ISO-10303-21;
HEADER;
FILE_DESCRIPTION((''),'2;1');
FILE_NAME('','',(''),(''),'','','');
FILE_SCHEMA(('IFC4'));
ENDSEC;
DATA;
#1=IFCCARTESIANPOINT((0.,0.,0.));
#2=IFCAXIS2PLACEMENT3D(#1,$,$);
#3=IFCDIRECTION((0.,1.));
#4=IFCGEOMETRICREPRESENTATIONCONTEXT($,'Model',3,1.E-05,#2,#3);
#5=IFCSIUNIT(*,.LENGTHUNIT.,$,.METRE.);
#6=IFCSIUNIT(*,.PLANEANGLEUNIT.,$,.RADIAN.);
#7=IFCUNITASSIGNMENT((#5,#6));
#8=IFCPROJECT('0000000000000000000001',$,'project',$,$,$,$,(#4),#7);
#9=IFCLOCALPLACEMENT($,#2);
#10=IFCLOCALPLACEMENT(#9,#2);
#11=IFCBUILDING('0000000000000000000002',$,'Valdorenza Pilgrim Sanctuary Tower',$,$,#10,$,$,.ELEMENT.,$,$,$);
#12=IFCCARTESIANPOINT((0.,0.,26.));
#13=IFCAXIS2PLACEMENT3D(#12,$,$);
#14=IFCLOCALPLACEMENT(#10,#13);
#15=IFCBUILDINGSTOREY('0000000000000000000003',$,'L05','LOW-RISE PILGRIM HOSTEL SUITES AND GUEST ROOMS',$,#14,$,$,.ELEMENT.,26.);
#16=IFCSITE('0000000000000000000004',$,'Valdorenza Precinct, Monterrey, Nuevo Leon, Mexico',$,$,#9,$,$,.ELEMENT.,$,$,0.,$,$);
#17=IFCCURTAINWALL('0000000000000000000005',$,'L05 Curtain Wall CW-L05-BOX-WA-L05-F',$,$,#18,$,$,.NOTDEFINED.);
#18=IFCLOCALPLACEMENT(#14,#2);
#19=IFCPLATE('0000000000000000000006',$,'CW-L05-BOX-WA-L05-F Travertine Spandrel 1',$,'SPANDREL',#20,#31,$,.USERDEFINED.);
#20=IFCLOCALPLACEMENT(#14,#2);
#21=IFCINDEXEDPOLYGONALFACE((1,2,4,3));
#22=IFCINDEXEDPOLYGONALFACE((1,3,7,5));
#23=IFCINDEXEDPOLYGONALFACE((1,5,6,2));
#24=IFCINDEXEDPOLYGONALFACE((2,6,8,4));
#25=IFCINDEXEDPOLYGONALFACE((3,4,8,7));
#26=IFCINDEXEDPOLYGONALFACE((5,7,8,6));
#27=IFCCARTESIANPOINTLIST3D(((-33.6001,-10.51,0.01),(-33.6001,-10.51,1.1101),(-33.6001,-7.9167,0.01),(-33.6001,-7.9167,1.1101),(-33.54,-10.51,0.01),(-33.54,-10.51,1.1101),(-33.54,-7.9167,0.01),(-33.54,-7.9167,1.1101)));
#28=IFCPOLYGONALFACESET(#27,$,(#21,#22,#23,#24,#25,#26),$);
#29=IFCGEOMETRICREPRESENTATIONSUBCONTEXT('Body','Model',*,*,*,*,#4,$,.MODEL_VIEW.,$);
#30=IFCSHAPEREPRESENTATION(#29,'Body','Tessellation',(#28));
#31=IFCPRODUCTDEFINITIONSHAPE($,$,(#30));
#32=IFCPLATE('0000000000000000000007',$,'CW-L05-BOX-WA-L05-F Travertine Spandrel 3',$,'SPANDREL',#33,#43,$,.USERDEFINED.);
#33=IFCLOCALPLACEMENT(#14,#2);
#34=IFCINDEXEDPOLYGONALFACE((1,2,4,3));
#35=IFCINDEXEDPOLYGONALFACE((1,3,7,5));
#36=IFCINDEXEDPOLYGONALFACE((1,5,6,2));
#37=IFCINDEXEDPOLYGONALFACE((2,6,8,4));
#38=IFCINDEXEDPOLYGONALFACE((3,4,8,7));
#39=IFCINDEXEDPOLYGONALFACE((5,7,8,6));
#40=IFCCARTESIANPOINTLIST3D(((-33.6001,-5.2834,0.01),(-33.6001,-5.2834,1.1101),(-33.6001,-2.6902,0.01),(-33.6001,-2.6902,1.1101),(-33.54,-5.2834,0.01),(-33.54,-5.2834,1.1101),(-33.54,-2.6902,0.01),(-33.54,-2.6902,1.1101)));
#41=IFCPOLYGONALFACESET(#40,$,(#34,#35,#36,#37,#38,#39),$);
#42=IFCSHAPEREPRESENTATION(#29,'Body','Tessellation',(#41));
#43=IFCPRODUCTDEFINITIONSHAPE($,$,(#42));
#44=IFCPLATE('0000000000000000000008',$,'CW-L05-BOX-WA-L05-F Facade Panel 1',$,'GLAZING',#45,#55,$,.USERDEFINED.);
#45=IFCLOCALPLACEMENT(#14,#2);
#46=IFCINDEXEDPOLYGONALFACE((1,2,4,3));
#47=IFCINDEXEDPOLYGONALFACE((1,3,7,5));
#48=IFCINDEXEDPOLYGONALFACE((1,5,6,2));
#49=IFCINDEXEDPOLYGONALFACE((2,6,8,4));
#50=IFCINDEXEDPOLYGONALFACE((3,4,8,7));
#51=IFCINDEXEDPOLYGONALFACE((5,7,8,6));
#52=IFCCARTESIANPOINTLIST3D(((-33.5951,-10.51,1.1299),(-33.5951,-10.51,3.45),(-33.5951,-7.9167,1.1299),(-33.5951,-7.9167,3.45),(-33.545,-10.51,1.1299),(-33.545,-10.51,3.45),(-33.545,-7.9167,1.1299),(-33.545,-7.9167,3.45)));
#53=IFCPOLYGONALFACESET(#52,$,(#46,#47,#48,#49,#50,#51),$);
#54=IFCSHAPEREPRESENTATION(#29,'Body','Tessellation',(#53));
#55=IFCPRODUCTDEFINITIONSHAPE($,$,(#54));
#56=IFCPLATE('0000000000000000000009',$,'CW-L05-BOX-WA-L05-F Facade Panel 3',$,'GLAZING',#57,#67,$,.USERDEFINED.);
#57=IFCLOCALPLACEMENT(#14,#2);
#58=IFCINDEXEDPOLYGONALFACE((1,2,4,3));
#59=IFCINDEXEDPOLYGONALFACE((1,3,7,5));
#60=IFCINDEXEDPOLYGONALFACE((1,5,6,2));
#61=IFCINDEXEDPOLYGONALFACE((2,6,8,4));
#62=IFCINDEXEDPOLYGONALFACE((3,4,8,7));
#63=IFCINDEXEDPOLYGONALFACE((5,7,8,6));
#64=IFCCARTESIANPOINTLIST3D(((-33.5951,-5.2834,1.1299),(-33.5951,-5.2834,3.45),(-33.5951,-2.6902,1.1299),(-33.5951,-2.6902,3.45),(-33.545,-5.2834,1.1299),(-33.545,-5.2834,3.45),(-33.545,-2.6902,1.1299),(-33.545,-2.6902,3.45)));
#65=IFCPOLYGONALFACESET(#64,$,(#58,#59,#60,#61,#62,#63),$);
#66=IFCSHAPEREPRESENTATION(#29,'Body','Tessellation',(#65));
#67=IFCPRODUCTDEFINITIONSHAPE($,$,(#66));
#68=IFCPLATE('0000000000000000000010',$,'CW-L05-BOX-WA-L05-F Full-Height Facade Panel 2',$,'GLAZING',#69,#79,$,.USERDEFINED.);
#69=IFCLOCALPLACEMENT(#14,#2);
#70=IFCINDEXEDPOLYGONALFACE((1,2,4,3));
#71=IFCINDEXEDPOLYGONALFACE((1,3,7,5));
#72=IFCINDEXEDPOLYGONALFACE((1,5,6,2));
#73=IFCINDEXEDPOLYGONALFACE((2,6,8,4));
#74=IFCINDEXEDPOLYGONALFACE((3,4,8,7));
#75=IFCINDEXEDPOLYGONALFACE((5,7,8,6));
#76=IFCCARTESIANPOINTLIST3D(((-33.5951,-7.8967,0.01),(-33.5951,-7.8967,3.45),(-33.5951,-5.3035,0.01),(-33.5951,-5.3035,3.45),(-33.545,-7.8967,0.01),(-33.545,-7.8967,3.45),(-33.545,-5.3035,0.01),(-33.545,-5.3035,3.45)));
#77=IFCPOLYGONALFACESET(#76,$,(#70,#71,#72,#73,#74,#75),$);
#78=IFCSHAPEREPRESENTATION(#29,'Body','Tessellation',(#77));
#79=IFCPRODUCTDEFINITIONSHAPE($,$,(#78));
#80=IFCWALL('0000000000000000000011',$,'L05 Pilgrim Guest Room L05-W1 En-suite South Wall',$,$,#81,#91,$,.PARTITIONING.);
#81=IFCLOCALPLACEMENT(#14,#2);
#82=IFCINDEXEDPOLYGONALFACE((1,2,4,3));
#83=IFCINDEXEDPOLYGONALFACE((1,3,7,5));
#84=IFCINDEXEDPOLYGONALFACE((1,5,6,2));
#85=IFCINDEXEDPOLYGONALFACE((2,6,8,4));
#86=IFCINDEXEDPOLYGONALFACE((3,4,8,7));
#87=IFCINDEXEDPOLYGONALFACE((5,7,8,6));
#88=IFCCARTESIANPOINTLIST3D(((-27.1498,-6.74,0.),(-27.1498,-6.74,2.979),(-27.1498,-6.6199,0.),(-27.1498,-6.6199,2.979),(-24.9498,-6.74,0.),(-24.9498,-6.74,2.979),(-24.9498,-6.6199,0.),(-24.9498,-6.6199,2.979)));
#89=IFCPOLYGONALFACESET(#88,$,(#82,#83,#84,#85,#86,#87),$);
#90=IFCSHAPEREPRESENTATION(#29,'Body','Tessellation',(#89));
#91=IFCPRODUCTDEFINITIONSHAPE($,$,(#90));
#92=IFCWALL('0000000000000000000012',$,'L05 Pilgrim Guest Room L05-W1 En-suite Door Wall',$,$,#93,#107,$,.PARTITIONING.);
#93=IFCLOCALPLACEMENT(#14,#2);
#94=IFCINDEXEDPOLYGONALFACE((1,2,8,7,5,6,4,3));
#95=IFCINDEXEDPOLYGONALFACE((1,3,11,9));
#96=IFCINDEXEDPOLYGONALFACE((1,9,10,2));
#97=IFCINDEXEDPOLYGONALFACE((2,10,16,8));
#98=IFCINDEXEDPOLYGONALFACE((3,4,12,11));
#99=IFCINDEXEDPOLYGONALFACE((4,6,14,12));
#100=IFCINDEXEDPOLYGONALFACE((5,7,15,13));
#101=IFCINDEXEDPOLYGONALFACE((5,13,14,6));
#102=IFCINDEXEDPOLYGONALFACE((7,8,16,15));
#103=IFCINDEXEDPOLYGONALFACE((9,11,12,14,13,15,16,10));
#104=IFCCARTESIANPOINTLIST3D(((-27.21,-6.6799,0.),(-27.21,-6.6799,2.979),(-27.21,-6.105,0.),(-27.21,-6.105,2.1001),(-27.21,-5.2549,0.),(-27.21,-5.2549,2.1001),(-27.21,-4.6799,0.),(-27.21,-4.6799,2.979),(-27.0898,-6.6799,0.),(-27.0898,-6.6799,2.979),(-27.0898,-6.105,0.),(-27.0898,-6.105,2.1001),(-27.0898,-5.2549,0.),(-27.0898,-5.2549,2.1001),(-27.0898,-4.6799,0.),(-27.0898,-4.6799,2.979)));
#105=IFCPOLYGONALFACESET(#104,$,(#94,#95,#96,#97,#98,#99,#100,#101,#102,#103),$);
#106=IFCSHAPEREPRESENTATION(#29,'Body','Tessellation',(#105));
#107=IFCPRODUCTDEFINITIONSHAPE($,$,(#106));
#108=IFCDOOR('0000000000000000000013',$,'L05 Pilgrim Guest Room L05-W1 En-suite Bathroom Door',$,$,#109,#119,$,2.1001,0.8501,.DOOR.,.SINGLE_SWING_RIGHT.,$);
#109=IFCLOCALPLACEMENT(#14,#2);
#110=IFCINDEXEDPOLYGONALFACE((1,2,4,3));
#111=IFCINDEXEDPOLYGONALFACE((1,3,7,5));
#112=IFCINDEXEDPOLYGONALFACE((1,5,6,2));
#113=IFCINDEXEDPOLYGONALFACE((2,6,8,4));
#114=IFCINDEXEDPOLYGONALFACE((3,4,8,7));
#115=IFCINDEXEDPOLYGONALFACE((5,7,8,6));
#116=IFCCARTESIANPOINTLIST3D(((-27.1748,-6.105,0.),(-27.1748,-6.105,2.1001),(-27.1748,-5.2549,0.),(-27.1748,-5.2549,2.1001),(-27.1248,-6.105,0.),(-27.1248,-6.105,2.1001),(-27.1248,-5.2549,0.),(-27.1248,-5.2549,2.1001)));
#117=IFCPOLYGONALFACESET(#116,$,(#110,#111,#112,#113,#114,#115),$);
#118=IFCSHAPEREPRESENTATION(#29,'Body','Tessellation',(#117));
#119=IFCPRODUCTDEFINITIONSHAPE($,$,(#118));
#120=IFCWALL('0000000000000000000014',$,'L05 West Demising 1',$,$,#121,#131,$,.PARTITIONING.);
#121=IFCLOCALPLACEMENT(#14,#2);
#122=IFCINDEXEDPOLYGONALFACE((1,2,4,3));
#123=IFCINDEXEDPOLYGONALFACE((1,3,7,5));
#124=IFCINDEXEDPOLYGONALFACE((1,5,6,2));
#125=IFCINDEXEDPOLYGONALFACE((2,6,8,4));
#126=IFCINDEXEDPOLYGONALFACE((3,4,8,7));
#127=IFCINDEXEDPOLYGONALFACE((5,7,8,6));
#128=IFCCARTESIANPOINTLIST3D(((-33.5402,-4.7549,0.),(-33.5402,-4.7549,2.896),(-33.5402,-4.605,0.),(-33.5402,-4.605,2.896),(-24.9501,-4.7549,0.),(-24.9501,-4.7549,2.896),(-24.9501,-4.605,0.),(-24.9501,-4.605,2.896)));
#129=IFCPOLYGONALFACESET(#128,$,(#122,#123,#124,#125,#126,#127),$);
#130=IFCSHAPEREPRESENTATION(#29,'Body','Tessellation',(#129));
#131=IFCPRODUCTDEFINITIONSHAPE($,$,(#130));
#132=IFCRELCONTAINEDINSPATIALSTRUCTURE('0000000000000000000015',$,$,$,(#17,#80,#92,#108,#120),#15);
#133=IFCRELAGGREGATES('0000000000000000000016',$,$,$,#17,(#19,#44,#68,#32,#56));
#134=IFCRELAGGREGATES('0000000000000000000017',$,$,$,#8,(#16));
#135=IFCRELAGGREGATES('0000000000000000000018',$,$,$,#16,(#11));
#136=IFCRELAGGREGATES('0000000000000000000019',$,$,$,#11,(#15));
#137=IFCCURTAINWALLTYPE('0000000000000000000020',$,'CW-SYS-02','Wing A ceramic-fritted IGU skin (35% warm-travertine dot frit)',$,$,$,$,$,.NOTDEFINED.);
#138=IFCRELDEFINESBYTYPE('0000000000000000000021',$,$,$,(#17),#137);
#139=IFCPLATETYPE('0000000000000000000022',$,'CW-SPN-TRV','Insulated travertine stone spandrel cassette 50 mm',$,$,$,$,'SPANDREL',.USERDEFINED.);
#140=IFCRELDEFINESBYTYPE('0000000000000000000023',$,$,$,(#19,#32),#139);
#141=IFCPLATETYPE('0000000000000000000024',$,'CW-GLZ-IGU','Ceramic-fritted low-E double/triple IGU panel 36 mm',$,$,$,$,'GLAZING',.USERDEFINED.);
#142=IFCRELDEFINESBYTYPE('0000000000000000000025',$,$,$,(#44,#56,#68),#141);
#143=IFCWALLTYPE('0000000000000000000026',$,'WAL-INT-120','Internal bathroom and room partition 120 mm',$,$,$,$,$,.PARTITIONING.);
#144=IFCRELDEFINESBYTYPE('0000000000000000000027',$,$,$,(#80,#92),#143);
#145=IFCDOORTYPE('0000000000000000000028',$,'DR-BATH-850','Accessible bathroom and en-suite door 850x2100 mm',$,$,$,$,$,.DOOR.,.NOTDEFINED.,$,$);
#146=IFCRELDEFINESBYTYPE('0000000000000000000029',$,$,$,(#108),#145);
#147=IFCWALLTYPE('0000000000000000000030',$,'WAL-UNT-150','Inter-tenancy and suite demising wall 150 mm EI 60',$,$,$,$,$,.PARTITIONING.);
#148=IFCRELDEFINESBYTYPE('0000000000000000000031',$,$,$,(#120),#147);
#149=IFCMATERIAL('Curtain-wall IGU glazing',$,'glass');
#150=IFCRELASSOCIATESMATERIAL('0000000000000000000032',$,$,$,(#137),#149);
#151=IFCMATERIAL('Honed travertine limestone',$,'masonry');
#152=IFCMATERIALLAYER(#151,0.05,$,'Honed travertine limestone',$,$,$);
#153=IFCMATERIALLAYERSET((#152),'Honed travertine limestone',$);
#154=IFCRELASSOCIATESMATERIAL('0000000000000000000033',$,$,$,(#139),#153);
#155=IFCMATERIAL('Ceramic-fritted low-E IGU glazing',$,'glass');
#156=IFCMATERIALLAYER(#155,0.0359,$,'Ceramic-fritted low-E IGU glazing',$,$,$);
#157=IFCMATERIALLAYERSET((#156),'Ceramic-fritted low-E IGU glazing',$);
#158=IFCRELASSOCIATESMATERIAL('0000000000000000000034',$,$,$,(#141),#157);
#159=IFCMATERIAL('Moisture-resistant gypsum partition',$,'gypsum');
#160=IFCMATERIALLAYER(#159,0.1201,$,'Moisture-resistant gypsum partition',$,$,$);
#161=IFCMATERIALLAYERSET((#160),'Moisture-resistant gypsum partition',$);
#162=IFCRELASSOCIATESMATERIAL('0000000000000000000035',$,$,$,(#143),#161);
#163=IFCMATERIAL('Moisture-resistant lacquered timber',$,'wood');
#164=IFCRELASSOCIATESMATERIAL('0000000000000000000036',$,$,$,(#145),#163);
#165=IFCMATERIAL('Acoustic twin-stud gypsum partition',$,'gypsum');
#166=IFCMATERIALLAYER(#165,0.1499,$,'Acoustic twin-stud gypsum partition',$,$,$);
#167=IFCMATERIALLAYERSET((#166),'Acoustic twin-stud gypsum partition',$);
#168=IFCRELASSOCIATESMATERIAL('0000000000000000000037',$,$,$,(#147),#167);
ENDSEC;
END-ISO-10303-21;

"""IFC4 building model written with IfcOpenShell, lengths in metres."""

from ifc_helpers import new_model, si_unit, direction, frame, frame_2d, origin, origin_2d, place, context, subcontext, project, spatial, rectangle, extrude, source, transform, mapped, material, layer, layer_set, type_object, element, fill, aggregate, save


model = new_model("IFC4")

# Units and contexts
model_context = context("Model", 3, precision=1e-05, world=origin(), true_north=direction((0.0, 1.0)))
body_context = subcontext(model_context, "Body", "Model", "MODEL_VIEW")
ifc_project = project(units=[si_unit("LENGTHUNIT", "METRE"), si_unit("PLANEANGLEUNIT", "RADIAN")], contexts=[model_context])

# Site, building, storey
site_placement = place(None, origin())
site = spatial("IfcSite", under=ifc_project, at=site_placement, Name="Valdorenza Precinct, Monterrey, Nuevo Leon, Mexico", CompositionType="ELEMENT", RefElevation=0.0)
building_placement = place(site_placement, origin())
building = spatial("IfcBuilding", under=site, at=building_placement, Name="Valdorenza Pilgrim Sanctuary Tower", CompositionType="ELEMENT")
storey_placement = place(building_placement, frame((0.0, 0.0, 26.0)))
storey = spatial("IfcBuildingStorey", under=building, at=storey_placement, Name="L05", Description="LOW-RISE PILGRIM HOSTEL SUITES AND GUEST ROOMS", CompositionType="ELEMENT", Elevation=26.0)

# Shared definitions
ifc_material_1 = material(Name="Curtain-wall IGU glazing", Category="glass")
curtain_wall_type = type_object("IfcCurtainWallType", Name="CW-SYS-02", Description="Wing A ceramic-fritted IGU skin (35% warm-travertine dot frit)", PredefinedType="NOTDEFINED", material=ifc_material_1)

# Curtain wall
curtain_wall_1_placement = place(storey_placement, origin())
curtain_wall_1 = element("IfcCurtainWall", 1, at=curtain_wall_1_placement, inside=storey, type_object=curtain_wall_type, Name="L05 Curtain Wall CW-L05-BOX-WA-L05-F", PredefinedType="NOTDEFINED")

# Plates
ifc_material_2 = material(Name="Honed travertine limestone", Category="masonry")
ifc_layer_1 = layer(ifc_material_2, 0.05, Name="Honed travertine limestone")
ifc_layer_set_1 = layer_set([ifc_layer_1], Name="Honed travertine limestone")
plate_type_1 = type_object("IfcPlateType", Name="CW-SPN-TRV", Description="Insulated travertine stone spandrel cassette 50 mm", ElementType="SPANDREL", PredefinedType="USERDEFINED", material=ifc_layer_set_1)
ifc_material_3 = material(Name="Ceramic-fritted low-E IGU glazing", Category="glass")
ifc_layer_2 = layer(ifc_material_3, 0.0359, Name="Ceramic-fritted low-E IGU glazing")
ifc_layer_set_2 = layer_set([ifc_layer_2], Name="Ceramic-fritted low-E IGU glazing")
plate_type_2 = type_object("IfcPlateType", Name="CW-GLZ-IGU", Description="Ceramic-fritted low-E double/triple IGU panel 36 mm", ElementType="GLAZING", PredefinedType="USERDEFINED", material=ifc_layer_set_2)
shared_shape_1 = source(origin(), body_context, "Body", "SweptSolid", [
    extrude(rectangle(XDim=2.5933, YDim=0.0601, at=origin_2d()), origin(), (0.0, 0.0, 1.0), 1.1001),
])
plate_1_placement = place(storey_placement, frame((-33.5701, -9.2134, 0.01), z_axis=(0.0, 0.0, 1.0), x_axis=(0.0, 1.0, 0.0)))
plate_1 = element("IfcPlate", 2, at=plate_1_placement, type_object=plate_type_1, Name="CW-L05-BOX-WA-L05-F Travertine Spandrel 1", ObjectType="SPANDREL", PredefinedType="USERDEFINED", context=body_context, shape_type="MappedRepresentation", body=[
    mapped(shared_shape_1, transform((0.0, 0.0, 0.0), x_axis=(1.0, 0.0, 0.0), y_axis=(0.0, 1.0, 0.0), z_axis=(0.0, 0.0, 1.0), scale=1.0)),
])
plate_2_placement = place(storey_placement, frame((-33.5701, -3.9868, 0.01), z_axis=(0.0, 0.0, 1.0), x_axis=(0.0, 1.0, 0.0)))
plate_2 = element("IfcPlate", 3, at=plate_2_placement, type_object=plate_type_1, Name="CW-L05-BOX-WA-L05-F Travertine Spandrel 3", ObjectType="SPANDREL", PredefinedType="USERDEFINED", context=body_context, shape_type="MappedRepresentation", body=[
    mapped(shared_shape_1, transform((0.0, 0.0, 0.0), x_axis=(1.0, 0.0, 0.0), y_axis=(0.0, 1.0, 0.0), z_axis=(0.0, 0.0, 1.0), scale=1.0)),
])
shared_shape_2 = source(origin(), body_context, "Body", "SweptSolid", [
    extrude(rectangle(XDim=2.5933, YDim=0.05, at=origin_2d()), origin(), (0.0, 0.0, 1.0), 2.3201),
])
plate_3_placement = place(storey_placement, frame((-33.5701, -9.2134, 1.1299), z_axis=(0.0, 0.0, 1.0), x_axis=(0.0, 1.0, 0.0)))
plate_3 = element("IfcPlate", 4, at=plate_3_placement, type_object=plate_type_2, Name="CW-L05-BOX-WA-L05-F Facade Panel 1", ObjectType="GLAZING", PredefinedType="USERDEFINED", context=body_context, shape_type="MappedRepresentation", body=[
    mapped(shared_shape_2, transform((0.0, 0.0, 0.0), x_axis=(1.0, 0.0, 0.0), y_axis=(0.0, 1.0, 0.0), z_axis=(0.0, 0.0, 1.0), scale=1.0)),
])
plate_4_placement = place(storey_placement, frame((-33.5701, -3.9868, 1.1299), z_axis=(0.0, 0.0, 1.0), x_axis=(0.0, 1.0, 0.0)))
plate_4 = element("IfcPlate", 5, at=plate_4_placement, type_object=plate_type_2, Name="CW-L05-BOX-WA-L05-F Facade Panel 3", ObjectType="GLAZING", PredefinedType="USERDEFINED", context=body_context, shape_type="MappedRepresentation", body=[
    mapped(shared_shape_2, transform((0.0, 0.0, 0.0), x_axis=(1.0, 0.0, 0.0), y_axis=(0.0, 1.0, 0.0), z_axis=(0.0, 0.0, 1.0), scale=1.0)),
])
shared_shape_3 = source(origin(), body_context, "Body", "SweptSolid", [
    extrude(rectangle(XDim=2.5933, YDim=0.05, at=origin_2d()), origin(), (0.0, 0.0, 1.0), 3.4399),
])
plate_5_placement = place(storey_placement, frame((-33.5701, -6.6001, 0.01), z_axis=(0.0, 0.0, 1.0), x_axis=(0.0, 1.0, 0.0)))
plate_5 = element("IfcPlate", 6, at=plate_5_placement, type_object=plate_type_2, Name="CW-L05-BOX-WA-L05-F Full-Height Facade Panel 2", ObjectType="GLAZING", PredefinedType="USERDEFINED", context=body_context, shape_type="MappedRepresentation", body=[
    mapped(shared_shape_3, transform((0.0, 0.0, 0.0), x_axis=(1.0, 0.0, 0.0), y_axis=(0.0, 1.0, 0.0), z_axis=(0.0, 0.0, 1.0), scale=1.0)),
])
aggregate(curtain_wall_1, [plate_1, plate_3, plate_5, plate_2, plate_4])

# Wall
ifc_material_4 = material(Name="Moisture-resistant gypsum partition", Category="gypsum")
ifc_layer_3 = layer(ifc_material_4, 0.1201, Name="Moisture-resistant gypsum partition")
ifc_layer_set_3 = layer_set([ifc_layer_3], Name="Moisture-resistant gypsum partition")
wall_type_1 = type_object("IfcWallType", Name="WAL-INT-120", Description="Internal bathroom and room partition 120 mm", PredefinedType="PARTITIONING", material=ifc_layer_set_3)
wall_1_placement = place(storey_placement, frame((-27.1499, -6.6799, 0.0), z_axis=(0.0, 0.0, 1.0), x_axis=(1.0, 0.0, 0.0)))
element("IfcWall", 7, at=wall_1_placement, inside=storey, type_object=wall_type_1, Name="L05 Pilgrim Guest Room L05-W1 En-suite South Wall", PredefinedType="PARTITIONING", context=body_context, shape_type="SweptSolid", body=[
    extrude(rectangle(XDim=2.2, YDim=0.1201, at=frame_2d((1.1001, 0.0))), origin(), (0.0, 0.0, 1.0), 2.979),
])

# Wall, opening, door
wall_2_placement = place(storey_placement, frame((-27.1499, -6.6799, 0.0), z_axis=(0.0, 0.0, 1.0), x_axis=(0.0, 1.0, 0.0)))
wall_2 = element("IfcWall", 8, at=wall_2_placement, inside=storey, type_object=wall_type_1, Name="L05 Pilgrim Guest Room L05-W1 En-suite Door Wall", PredefinedType="PARTITIONING", context=body_context, shape_type="SweptSolid", body=[
    extrude(rectangle(XDim=2.0, YDim=0.1201, at=frame_2d((1.0, 0.0))), origin(), (0.0, 0.0, 1.0), 2.979),
])
opening_placement = place(wall_2_placement, frame((0.575, 0.0, 0.0)))
opening = element("IfcOpeningElement", 9, at=opening_placement, cuts=wall_2, PredefinedType="OPENING", context=body_context, shape_type="SweptSolid", body=[
    extrude(rectangle(XDim=0.8501, YDim=2.1001, at=frame_2d((0.425, 1.05))), frame((0.0, 0.075, 0.0), z_axis=(0.0, -1.0, 0.0), x_axis=(1.0, 0.0, 0.0)), (0.0, 0.0, 1.0), 0.1499),
])
ifc_material_5 = material(Name="Moisture-resistant lacquered timber", Category="wood")
door_type = type_object("IfcDoorType", Name="DR-BATH-850", Description="Accessible bathroom and en-suite door 850x2100 mm", OperationType="NOTDEFINED", PredefinedType="DOOR", material=ifc_material_5)
door_placement = place(opening_placement, origin())
door = element("IfcDoor", 10, at=door_placement, inside=storey, type_object=door_type, Name="L05 Pilgrim Guest Room L05-W1 En-suite Bathroom Door", OperationType="SINGLE_SWING_RIGHT", OverallHeight=2.1001, OverallWidth=0.8501, PredefinedType="DOOR", context=body_context, shape_type="SweptSolid", body=[
    extrude(rectangle(XDim=0.8501, YDim=2.1001, at=frame_2d((0.425, 1.05))), frame((0.0, 0.0249, 0.0), z_axis=(0.0, -1.0, 0.0), x_axis=(1.0, 0.0, 0.0)), (0.0, 0.0, 1.0), 0.05),
])
fill(opening, door)

# Wall
ifc_material_6 = material(Name="Acoustic twin-stud gypsum partition", Category="gypsum")
ifc_layer_4 = layer(ifc_material_6, 0.1499, Name="Acoustic twin-stud gypsum partition")
ifc_layer_set_4 = layer_set([ifc_layer_4], Name="Acoustic twin-stud gypsum partition")
wall_type_2 = type_object("IfcWallType", Name="WAL-UNT-150", Description="Inter-tenancy and suite demising wall 150 mm EI 60", PredefinedType="PARTITIONING", material=ifc_layer_set_4)
wall_3_placement = place(storey_placement, frame((-33.54, -4.6799, 0.0), z_axis=(0.0, 0.0, 1.0), x_axis=(1.0, 0.0, 0.0)))
element("IfcWall", 11, at=wall_3_placement, inside=storey, type_object=wall_type_2, Name="L05 West Demising 1", PredefinedType="PARTITIONING", context=body_context, shape_type="SweptSolid", body=[
    extrude(rectangle(XDim=8.5901, YDim=0.1499, at=frame_2d((4.2949, 0.0))), origin(), (0.0, 0.0, 1.0), 2.896),
])

save(model, "model.ifc")
